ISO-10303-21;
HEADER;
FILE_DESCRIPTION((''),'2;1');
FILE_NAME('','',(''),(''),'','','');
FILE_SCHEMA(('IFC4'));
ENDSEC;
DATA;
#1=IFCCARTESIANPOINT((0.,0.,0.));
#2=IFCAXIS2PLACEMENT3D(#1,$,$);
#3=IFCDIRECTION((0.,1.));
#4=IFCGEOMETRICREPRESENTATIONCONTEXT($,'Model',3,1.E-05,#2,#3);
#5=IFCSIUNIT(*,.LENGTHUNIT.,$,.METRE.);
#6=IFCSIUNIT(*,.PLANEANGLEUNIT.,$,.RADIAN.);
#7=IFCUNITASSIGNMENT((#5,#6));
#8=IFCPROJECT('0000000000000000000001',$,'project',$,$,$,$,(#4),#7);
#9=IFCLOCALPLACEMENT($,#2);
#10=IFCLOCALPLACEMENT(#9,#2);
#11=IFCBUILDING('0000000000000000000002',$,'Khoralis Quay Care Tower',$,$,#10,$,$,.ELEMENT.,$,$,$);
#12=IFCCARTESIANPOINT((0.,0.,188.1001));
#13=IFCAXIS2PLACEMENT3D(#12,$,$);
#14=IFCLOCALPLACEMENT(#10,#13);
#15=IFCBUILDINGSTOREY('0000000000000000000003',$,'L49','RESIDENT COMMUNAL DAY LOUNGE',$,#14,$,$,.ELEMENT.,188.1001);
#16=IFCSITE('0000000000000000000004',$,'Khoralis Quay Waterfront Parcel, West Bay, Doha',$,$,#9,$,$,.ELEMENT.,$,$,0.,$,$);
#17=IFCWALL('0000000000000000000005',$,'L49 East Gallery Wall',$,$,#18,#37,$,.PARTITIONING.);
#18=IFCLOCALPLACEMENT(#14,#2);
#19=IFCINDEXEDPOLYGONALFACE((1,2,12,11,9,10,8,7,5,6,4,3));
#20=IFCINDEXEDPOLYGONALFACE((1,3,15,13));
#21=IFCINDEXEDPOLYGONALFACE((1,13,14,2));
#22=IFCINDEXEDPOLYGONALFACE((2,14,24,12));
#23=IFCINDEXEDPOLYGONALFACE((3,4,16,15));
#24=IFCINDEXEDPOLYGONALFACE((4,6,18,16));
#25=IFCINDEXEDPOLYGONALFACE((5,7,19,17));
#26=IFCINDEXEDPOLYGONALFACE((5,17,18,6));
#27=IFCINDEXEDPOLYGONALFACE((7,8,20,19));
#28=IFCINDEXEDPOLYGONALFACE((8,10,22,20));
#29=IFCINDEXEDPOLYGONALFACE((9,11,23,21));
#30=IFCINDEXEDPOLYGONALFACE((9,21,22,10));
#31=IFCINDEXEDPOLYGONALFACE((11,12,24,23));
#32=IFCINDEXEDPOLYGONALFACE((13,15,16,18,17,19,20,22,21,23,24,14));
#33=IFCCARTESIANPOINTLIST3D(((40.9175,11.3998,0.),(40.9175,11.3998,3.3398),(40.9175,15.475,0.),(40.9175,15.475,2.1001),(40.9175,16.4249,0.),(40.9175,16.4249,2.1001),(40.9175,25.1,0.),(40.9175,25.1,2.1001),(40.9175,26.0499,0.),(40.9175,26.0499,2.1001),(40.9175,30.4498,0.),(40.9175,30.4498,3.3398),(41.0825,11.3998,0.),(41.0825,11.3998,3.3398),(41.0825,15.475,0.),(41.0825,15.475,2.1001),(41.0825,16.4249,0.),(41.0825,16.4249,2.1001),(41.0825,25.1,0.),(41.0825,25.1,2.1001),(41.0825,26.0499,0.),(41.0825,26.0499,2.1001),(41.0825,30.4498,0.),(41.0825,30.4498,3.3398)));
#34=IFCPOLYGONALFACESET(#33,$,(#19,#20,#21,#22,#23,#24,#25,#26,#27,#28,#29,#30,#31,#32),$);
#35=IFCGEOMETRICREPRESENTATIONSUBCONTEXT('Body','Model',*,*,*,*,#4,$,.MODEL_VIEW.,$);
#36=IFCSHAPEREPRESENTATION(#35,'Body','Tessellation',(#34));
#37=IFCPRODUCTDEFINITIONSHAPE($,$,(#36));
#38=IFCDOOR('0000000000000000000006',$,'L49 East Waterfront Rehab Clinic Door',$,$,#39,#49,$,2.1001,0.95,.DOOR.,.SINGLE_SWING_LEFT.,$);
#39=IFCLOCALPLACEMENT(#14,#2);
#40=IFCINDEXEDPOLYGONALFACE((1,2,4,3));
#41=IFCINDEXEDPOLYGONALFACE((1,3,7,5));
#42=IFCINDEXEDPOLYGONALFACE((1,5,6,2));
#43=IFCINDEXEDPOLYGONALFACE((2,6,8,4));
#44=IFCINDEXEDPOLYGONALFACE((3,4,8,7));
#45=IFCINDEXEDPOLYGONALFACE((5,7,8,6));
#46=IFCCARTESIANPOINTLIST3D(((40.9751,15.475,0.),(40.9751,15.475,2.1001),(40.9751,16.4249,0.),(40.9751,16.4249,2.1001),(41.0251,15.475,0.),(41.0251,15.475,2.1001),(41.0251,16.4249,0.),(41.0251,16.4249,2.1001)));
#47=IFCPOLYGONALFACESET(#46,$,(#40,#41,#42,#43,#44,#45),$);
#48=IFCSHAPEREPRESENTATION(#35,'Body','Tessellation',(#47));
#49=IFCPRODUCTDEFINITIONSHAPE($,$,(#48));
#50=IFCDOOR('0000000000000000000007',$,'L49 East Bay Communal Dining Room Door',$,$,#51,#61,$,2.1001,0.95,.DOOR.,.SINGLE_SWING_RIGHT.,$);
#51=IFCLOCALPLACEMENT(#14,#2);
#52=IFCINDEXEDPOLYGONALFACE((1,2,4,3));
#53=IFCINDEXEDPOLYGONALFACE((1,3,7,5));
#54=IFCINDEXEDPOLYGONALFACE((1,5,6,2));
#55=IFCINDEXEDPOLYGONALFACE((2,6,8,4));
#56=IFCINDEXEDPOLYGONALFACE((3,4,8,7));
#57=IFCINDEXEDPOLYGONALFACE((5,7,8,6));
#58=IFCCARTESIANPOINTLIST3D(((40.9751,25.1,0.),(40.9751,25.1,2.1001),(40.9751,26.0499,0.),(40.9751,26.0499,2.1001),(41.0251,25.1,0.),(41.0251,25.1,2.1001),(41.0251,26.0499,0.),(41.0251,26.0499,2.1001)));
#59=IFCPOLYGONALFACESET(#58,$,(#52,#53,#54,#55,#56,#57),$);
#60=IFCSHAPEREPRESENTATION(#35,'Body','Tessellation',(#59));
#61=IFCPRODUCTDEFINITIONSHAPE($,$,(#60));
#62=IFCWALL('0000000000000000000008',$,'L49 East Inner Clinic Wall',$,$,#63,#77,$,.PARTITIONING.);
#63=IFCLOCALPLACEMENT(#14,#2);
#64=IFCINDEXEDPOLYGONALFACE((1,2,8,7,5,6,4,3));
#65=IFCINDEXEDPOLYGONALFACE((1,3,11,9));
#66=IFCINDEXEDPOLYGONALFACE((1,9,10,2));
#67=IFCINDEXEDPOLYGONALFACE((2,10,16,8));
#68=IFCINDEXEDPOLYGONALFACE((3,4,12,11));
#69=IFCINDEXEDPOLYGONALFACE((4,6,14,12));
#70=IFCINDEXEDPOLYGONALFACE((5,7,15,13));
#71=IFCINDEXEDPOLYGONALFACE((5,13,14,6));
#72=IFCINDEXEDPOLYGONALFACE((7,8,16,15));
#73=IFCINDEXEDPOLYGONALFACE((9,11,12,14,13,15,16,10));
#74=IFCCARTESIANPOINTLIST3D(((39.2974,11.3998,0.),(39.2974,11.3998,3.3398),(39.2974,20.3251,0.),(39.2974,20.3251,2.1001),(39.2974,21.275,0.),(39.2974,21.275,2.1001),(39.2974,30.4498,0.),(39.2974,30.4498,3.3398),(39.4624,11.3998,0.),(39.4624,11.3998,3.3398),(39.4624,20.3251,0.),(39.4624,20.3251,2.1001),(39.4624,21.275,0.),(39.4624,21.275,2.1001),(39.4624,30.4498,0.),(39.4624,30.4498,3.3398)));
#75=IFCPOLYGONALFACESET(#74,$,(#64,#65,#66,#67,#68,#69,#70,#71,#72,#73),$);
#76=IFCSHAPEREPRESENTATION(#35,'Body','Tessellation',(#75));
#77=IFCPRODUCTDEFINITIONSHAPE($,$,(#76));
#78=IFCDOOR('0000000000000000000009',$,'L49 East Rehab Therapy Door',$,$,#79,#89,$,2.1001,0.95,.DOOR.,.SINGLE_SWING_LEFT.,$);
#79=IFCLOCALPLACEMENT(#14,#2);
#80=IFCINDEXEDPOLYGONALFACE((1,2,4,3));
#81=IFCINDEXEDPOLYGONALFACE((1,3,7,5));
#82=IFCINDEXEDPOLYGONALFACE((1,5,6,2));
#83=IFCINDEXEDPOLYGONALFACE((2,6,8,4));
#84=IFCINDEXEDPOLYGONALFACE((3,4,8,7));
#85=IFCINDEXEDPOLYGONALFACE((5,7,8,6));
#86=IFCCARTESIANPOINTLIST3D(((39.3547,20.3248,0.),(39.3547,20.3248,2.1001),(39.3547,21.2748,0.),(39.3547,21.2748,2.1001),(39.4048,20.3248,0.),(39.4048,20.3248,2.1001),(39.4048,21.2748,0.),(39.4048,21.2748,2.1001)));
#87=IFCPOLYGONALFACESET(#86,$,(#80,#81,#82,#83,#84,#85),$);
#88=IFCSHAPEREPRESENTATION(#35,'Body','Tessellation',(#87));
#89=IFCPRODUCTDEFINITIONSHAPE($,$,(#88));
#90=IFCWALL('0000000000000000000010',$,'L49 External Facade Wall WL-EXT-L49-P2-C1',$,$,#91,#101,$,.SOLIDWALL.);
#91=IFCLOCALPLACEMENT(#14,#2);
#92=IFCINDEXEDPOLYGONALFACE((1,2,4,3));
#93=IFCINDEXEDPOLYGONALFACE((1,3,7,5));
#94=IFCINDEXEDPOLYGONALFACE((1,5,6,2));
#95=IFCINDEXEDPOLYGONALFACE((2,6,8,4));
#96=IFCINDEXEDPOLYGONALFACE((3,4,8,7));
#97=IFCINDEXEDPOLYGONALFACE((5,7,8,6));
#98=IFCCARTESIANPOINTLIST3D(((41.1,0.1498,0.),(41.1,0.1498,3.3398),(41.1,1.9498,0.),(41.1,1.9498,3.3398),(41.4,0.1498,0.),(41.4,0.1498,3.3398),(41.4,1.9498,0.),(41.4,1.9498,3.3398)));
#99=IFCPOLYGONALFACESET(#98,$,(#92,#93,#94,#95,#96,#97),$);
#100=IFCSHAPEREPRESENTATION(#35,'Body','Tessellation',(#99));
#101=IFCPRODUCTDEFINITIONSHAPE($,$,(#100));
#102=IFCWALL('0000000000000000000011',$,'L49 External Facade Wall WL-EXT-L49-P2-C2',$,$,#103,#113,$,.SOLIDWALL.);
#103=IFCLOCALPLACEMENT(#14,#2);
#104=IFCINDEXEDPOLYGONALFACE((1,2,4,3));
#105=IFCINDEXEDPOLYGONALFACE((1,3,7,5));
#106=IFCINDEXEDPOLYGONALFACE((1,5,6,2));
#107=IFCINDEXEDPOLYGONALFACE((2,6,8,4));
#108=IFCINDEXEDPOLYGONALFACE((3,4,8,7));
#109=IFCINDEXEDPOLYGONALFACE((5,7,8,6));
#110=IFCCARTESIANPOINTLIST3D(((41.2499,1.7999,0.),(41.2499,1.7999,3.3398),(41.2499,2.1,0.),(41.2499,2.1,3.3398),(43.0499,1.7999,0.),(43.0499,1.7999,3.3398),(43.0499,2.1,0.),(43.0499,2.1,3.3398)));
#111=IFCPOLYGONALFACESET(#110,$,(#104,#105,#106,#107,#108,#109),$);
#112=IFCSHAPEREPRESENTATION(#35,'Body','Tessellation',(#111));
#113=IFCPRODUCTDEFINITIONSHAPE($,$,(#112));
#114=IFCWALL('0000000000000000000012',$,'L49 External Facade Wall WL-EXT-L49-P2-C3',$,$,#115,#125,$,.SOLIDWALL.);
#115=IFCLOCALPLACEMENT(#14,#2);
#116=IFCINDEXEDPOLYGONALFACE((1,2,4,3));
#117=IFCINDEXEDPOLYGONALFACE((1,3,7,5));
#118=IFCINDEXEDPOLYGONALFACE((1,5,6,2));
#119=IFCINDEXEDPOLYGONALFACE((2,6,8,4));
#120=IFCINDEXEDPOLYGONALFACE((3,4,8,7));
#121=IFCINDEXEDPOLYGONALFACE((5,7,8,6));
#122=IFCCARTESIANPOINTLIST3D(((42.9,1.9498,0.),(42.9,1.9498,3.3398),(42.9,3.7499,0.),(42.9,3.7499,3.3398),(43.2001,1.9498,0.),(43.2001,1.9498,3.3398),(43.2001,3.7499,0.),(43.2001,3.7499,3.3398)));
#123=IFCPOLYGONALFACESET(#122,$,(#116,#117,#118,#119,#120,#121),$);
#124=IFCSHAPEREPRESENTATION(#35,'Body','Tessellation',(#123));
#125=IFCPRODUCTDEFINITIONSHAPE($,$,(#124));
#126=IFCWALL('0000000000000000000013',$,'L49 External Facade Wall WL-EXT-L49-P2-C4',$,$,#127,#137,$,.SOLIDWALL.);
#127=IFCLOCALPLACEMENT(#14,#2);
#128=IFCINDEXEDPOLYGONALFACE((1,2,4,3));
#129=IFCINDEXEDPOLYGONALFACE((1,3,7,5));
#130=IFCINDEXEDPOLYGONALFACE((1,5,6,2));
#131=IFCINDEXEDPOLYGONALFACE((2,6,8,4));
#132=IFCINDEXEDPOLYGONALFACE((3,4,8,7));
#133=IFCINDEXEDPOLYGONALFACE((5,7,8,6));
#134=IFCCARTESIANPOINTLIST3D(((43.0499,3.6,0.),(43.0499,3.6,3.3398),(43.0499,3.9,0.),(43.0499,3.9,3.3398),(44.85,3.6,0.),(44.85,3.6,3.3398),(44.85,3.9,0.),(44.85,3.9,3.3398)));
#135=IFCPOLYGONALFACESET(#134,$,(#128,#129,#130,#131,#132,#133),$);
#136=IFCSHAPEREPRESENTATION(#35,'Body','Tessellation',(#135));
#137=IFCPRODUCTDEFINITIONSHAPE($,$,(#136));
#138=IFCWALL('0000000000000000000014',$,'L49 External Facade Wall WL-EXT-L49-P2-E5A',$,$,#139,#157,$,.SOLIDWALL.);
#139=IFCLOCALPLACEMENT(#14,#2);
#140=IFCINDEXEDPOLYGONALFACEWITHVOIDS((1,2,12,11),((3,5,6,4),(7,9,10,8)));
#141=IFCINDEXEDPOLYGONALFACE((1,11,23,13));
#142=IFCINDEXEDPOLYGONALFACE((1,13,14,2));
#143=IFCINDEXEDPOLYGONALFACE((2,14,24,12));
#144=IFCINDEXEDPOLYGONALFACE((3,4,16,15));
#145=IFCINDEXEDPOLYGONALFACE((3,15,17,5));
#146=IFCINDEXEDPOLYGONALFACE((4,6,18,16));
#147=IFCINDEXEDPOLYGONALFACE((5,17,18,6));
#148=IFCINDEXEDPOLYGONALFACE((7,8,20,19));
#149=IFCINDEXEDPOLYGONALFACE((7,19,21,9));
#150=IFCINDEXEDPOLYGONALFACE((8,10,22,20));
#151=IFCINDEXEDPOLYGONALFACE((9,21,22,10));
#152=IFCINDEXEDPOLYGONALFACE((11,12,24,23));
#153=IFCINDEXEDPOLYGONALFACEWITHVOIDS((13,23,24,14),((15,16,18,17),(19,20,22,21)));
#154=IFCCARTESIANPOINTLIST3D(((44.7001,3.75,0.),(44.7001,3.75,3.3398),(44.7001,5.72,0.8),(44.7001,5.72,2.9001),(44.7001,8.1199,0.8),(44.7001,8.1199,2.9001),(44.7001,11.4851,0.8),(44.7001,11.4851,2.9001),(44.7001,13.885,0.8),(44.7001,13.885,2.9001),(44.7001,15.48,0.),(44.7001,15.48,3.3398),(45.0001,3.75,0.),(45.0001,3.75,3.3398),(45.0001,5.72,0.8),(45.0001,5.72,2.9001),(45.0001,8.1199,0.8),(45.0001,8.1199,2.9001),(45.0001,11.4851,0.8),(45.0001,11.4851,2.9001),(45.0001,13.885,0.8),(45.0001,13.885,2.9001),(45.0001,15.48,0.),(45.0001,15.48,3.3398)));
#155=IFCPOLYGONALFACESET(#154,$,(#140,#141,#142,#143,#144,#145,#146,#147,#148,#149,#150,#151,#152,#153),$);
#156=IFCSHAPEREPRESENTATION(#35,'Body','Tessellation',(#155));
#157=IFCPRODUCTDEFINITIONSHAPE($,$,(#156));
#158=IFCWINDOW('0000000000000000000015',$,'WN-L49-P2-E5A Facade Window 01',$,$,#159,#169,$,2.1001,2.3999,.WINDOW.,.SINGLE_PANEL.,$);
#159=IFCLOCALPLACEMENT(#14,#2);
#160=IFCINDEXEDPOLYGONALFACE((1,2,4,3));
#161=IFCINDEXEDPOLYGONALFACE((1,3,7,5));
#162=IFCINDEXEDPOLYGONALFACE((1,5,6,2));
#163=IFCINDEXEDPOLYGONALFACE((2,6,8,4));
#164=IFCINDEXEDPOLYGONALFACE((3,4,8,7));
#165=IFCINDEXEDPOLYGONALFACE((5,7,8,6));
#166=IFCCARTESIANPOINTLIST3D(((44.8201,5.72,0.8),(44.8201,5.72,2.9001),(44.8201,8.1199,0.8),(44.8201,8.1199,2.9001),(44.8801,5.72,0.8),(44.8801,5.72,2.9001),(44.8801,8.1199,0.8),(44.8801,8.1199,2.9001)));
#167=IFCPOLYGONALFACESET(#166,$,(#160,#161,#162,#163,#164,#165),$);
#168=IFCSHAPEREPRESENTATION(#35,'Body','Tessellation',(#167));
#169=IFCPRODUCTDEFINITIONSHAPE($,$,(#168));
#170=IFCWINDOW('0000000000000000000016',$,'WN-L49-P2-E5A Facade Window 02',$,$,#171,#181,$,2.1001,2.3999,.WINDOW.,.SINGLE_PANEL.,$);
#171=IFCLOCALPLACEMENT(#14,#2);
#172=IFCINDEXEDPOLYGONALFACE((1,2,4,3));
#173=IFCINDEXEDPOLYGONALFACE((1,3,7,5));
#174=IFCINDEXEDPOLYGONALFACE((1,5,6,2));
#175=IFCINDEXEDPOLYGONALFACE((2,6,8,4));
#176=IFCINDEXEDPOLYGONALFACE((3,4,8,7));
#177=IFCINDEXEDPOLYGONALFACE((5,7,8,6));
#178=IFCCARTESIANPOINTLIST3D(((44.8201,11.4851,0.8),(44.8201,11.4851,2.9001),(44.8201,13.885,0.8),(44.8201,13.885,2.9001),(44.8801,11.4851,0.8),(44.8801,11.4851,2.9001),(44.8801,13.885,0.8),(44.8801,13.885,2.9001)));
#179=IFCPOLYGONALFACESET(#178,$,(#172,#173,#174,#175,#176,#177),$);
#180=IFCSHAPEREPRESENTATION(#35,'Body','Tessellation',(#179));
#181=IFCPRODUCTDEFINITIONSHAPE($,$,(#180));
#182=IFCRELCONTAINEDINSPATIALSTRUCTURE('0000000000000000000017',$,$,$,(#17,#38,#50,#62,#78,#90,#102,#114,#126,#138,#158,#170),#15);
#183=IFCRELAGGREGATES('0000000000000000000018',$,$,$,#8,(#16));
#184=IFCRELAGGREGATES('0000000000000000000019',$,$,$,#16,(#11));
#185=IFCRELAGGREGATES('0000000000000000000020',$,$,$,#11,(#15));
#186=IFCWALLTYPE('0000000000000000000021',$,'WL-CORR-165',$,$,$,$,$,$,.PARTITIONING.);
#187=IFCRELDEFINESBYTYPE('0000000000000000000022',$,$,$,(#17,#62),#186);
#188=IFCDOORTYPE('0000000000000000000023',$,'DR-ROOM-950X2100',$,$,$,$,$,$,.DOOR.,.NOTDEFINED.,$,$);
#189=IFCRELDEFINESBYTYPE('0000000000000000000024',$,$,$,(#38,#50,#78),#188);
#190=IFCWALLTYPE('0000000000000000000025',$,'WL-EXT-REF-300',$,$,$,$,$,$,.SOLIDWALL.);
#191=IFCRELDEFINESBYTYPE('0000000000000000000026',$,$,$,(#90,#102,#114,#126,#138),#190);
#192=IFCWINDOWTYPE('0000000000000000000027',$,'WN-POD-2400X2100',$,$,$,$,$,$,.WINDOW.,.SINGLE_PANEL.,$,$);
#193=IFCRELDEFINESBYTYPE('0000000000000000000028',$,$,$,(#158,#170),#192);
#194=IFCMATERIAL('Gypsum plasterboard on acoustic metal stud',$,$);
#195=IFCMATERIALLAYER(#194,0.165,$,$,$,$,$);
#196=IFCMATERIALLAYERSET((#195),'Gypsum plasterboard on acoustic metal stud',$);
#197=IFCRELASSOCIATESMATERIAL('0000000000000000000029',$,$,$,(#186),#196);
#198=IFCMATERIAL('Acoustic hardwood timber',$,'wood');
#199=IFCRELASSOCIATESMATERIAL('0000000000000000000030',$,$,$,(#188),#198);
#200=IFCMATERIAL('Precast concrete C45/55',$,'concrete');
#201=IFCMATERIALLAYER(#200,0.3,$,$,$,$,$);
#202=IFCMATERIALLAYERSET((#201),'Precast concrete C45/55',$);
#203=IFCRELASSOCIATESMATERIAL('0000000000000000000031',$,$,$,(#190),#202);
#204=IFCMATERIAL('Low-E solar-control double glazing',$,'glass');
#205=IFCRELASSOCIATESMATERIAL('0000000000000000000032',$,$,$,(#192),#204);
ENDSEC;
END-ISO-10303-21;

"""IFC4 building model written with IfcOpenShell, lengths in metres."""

from ifc_helpers import new_model, si_unit, direction, frame, frame_2d, origin, place, context, subcontext, project, spatial, rectangle, extrude, source, transform, mapped, material, layer, layer_set, type_object, element, fill, save


model = new_model("IFC4")

# Units and contexts
model_context = context("Model", 3, precision=1e-05, world=origin(), true_north=direction((0.0, 1.0)))
body_context = subcontext(model_context, "Body", "Model", "MODEL_VIEW")
ifc_project = project(units=[si_unit("LENGTHUNIT", "METRE"), si_unit("PLANEANGLEUNIT", "RADIAN")], contexts=[model_context])

# Site, building, storey
site_placement = place(None, origin())
site = spatial("IfcSite", under=ifc_project, at=site_placement, Name="Khoralis Quay Waterfront Parcel, West Bay, Doha", CompositionType="ELEMENT", RefElevation=0.0)
building_placement = place(site_placement, origin())
building = spatial("IfcBuilding", under=site, at=building_placement, Name="Khoralis Quay Care Tower", CompositionType="ELEMENT")
storey_placement = place(building_placement, frame((0.0, 0.0, 188.1001)))
storey = spatial("IfcBuildingStorey", under=building, at=storey_placement, Name="L49", Description="RESIDENT COMMUNAL DAY LOUNGE", CompositionType="ELEMENT", Elevation=188.1001)

# Shared definitions
ifc_material_1 = material(Name="Gypsum plasterboard on acoustic metal stud")

# Wall, openings, doors
ifc_layer_1 = layer(ifc_material_1, 0.165)
ifc_layer_set_1 = layer_set([ifc_layer_1], Name="Gypsum plasterboard on acoustic metal stud")
wall_type_1 = type_object("IfcWallType", Name="WL-CORR-165", PredefinedType="PARTITIONING", material=ifc_layer_set_1)
wall_1_placement = place(storey_placement, frame((41.0, 11.3999, 0.0), z_axis=(0.0, 0.0, 1.0), x_axis=(0.0, 1.0, 0.0)))
wall_1 = element("IfcWall", 1, at=wall_1_placement, inside=storey, type_object=wall_type_1, Name="L49 East Gallery Wall", PredefinedType="PARTITIONING", context=body_context, shape_type="SweptSolid", body=[
    extrude(rectangle(XDim=19.05, YDim=0.165, at=frame_2d((9.5249, 0.0))), origin(), (0.0, 0.0, 1.0), 3.3398),
])
opening_1_placement = place(wall_1_placement, frame((4.075, 0.0, 0.0)))
opening_1 = element("IfcOpeningElement", 2, at=opening_1_placement, cuts=wall_1, PredefinedType="OPENING", context=body_context, shape_type="SweptSolid", body=[
    extrude(rectangle(XDim=0.95, YDim=2.1001, at=frame_2d((0.4751, 1.05))), frame((0.0, 0.0925, 0.0), z_axis=(0.0, -1.0, 0.0), x_axis=(1.0, 0.0, 0.0)), (0.0, 0.0, 1.0), 0.1851),
])
opening_2_placement = place(wall_1_placement, frame((13.7, 0.0, 0.0)))
opening_2 = element("IfcOpeningElement", 3, at=opening_2_placement, cuts=wall_1, PredefinedType="OPENING", context=body_context, shape_type="SweptSolid", body=[
    extrude(rectangle(XDim=0.95, YDim=2.1001, at=frame_2d((0.4751, 1.05))), frame((0.0, 0.0925, 0.0), z_axis=(0.0, -1.0, 0.0), x_axis=(1.0, 0.0, 0.0)), (0.0, 0.0, 1.0), 0.1851),
])
ifc_material_2 = material(Name="Acoustic hardwood timber", Category="wood")
door_type_1 = type_object("IfcDoorType", Name="DR-ROOM-950X2100", OperationType="NOTDEFINED", PredefinedType="DOOR", material=ifc_material_2)
shared_shape_1 = source(origin(), body_context, "Body", "SweptSolid", [
    extrude(rectangle(XDim=0.95, YDim=2.1001, at=frame_2d((0.4751, 1.05))), frame((0.0, 0.0249, 0.0), z_axis=(0.0, -1.0, 0.0), x_axis=(1.0, 0.0, 0.0)), (0.0, 0.0, 1.0), 0.05),
])
door_1_placement = place(opening_1_placement, origin())
door_1 = element("IfcDoor", 4, at=door_1_placement, inside=storey, type_object=door_type_1, Name="L49 East Waterfront Rehab Clinic Door", OperationType="SINGLE_SWING_LEFT", OverallHeight=2.1001, OverallWidth=0.95, PredefinedType="DOOR", context=body_context, shape_type="MappedRepresentation", body=[
    mapped(shared_shape_1, transform((0.0, 0.0, 0.0), scale=1.0)),
])
fill(opening_1, door_1)
door_2_placement = place(opening_2_placement, origin())
door_2 = element("IfcDoor", 5, at=door_2_placement, inside=storey, type_object=door_type_1, Name="L49 East Bay Communal Dining Room Door", OperationType="SINGLE_SWING_RIGHT", OverallHeight=2.1001, OverallWidth=0.95, PredefinedType="DOOR", context=body_context, shape_type="MappedRepresentation", body=[
    mapped(shared_shape_1, transform((0.0, 0.0, 0.0), scale=1.0)),
])
fill(opening_2, door_2)

# Wall, opening, door
wall_2_placement = place(storey_placement, frame((39.3799, 11.3999, 0.0), z_axis=(0.0, 0.0, 1.0), x_axis=(0.0, 1.0, 0.0)))
wall_2 = element("IfcWall", 6, at=wall_2_placement, inside=storey, type_object=wall_type_1, Name="L49 East Inner Clinic Wall", PredefinedType="PARTITIONING", context=body_context, shape_type="SweptSolid", body=[
    extrude(rectangle(XDim=19.05, YDim=0.165, at=frame_2d((9.5249, 0.0))), origin(), (0.0, 0.0, 1.0), 3.3398),
])
opening_3_placement = place(wall_2_placement, frame((8.925, 0.0, 0.0)))
opening_3 = element("IfcOpeningElement", 7, at=opening_3_placement, cuts=wall_2, PredefinedType="OPENING", context=body_context, shape_type="SweptSolid", body=[
    extrude(rectangle(XDim=0.95, YDim=2.1001, at=frame_2d((0.4751, 1.05))), frame((0.0, 0.0925, 0.0), z_axis=(0.0, -1.0, 0.0), x_axis=(1.0, 0.0, 0.0)), (0.0, 0.0, 1.0), 0.1851),
])
door_3_placement = place(opening_3_placement, frame((0.95, 0.0, 0.0), z_axis=(0.0, 0.0, 1.0), x_axis=(-1.0, 0.0, 0.0)))
door_3 = element("IfcDoor", 8, at=door_3_placement, inside=storey, type_object=door_type_1, Name="L49 East Rehab Therapy Door", OperationType="SINGLE_SWING_LEFT", OverallHeight=2.1001, OverallWidth=0.95, PredefinedType="DOOR", context=body_context, shape_type="MappedRepresentation", body=[
    mapped(shared_shape_1, transform((0.0, 0.0, 0.0), scale=1.0)),
])
fill(opening_3, door_3)

# Walls
ifc_material_3 = material(Name="Precast concrete C45/55", Category="concrete")
ifc_layer_2 = layer(ifc_material_3, 0.3)
ifc_layer_set_2 = layer_set([ifc_layer_2], Name="Precast concrete C45/55")
wall_type_2 = type_object("IfcWallType", Name="WL-EXT-REF-300", PredefinedType="SOLIDWALL", material=ifc_layer_set_2)
for number, where, z_axis, x_axis, name in (
    (9, (41.25, 0.1499, 0.0), (0.0, 0.0, 1.0), (0.0, 1.0, 0.0), "L49 External Facade Wall WL-EXT-L49-P2-C1"),
    (10, (41.25, 1.95, 0.0), (0.0, 0.0, 1.0), (1.0, 0.0, 0.0), "L49 External Facade Wall WL-EXT-L49-P2-C2"),
    (11, (43.05, 1.95, 0.0), (0.0, 0.0, 1.0), (0.0, 1.0, 0.0), "L49 External Facade Wall WL-EXT-L49-P2-C3"),
    (12, (43.05, 3.75, 0.0), (0.0, 0.0, 1.0), (1.0, 0.0, 0.0), "L49 External Facade Wall WL-EXT-L49-P2-C4"),
):
    element("IfcWall", number, at=place(storey_placement, frame(where, z_axis=z_axis, x_axis=x_axis)), inside=storey, type_object=wall_type_2, Name=name, PredefinedType="SOLIDWALL", context=body_context, shape_type="SweptSolid", body=[
        extrude(rectangle(XDim=1.8, YDim=0.3, at=frame_2d((0.8999, 0.0))), origin(), (0.0, 0.0, 1.0), 3.3398),
    ])

# Wall, openings, windows
wall_3_placement = place(storey_placement, frame((44.8501, 3.75, 0.0), z_axis=(0.0, 0.0, 1.0), x_axis=(0.0, 1.0, 0.0)))
wall_3 = element("IfcWall", 13, at=wall_3_placement, inside=storey, type_object=wall_type_2, Name="L49 External Facade Wall WL-EXT-L49-P2-E5A", PredefinedType="SOLIDWALL", context=body_context, shape_type="SweptSolid", body=[
    extrude(rectangle(XDim=11.73, YDim=0.3, at=frame_2d((5.865, 0.0))), origin(), (0.0, 0.0, 1.0), 3.3398),
])
opening_4_placement = place(wall_3_placement, frame((1.97, 0.0, 0.8)))
opening_4 = element("IfcOpeningElement", 14, at=opening_4_placement, cuts=wall_3, PredefinedType="OPENING", context=body_context, shape_type="SweptSolid", body=[
    extrude(rectangle(XDim=2.3999, YDim=2.1001, at=frame_2d((1.2, 1.05))), frame((0.0, 0.1602, 0.0), z_axis=(0.0, -1.0, 0.0), x_axis=(1.0, 0.0, 0.0)), (0.0, 0.0, 1.0), 0.3201),
])
opening_5_placement = place(wall_3_placement, frame((7.7351, 0.0, 0.8)))
opening_5 = element("IfcOpeningElement", 15, at=opening_5_placement, cuts=wall_3, PredefinedType="OPENING", context=body_context, shape_type="SweptSolid", body=[
    extrude(rectangle(XDim=2.3999, YDim=2.1001, at=frame_2d((1.2, 1.05))), frame((0.0, 0.1602, 0.0), z_axis=(0.0, -1.0, 0.0), x_axis=(1.0, 0.0, 0.0)), (0.0, 0.0, 1.0), 0.3201),
])
ifc_material_4 = material(Name="Low-E solar-control double glazing", Category="glass")
window_type = type_object("IfcWindowType", Name="WN-POD-2400X2100", PartitioningType="SINGLE_PANEL", PredefinedType="WINDOW", material=ifc_material_4)
shared_shape_2 = source(origin(), body_context, "Body", "SweptSolid", [
    extrude(rectangle(XDim=2.3999, YDim=2.1001, at=frame_2d((1.2, 1.05))), frame((0.0, 0.03, 0.0), z_axis=(0.0, -1.0, 0.0), x_axis=(1.0, 0.0, 0.0)), (0.0, 0.0, 1.0), 0.0601),
])
window_1_placement = place(opening_4_placement, origin())
window_1 = element("IfcWindow", 16, at=window_1_placement, inside=storey, type_object=window_type, Name="WN-L49-P2-E5A Facade Window 01", OverallHeight=2.1001, OverallWidth=2.3999, PartitioningType="SINGLE_PANEL", PredefinedType="WINDOW", context=body_context, shape_type="MappedRepresentation", body=[
    mapped(shared_shape_2, transform((0.0, 0.0, 0.0), scale=1.0)),
])
fill(opening_4, window_1)
window_2_placement = place(opening_5_placement, origin())
window_2 = element("IfcWindow", 17, at=window_2_placement, inside=storey, type_object=window_type, Name="WN-L49-P2-E5A Facade Window 02", OverallHeight=2.1001, OverallWidth=2.3999, PartitioningType="SINGLE_PANEL", PredefinedType="WINDOW", context=body_context, shape_type="MappedRepresentation", body=[
    mapped(shared_shape_2, transform((0.0, 0.0, 0.0), scale=1.0)),
])
fill(opening_5, window_2)

save(model, "model.ifc")
